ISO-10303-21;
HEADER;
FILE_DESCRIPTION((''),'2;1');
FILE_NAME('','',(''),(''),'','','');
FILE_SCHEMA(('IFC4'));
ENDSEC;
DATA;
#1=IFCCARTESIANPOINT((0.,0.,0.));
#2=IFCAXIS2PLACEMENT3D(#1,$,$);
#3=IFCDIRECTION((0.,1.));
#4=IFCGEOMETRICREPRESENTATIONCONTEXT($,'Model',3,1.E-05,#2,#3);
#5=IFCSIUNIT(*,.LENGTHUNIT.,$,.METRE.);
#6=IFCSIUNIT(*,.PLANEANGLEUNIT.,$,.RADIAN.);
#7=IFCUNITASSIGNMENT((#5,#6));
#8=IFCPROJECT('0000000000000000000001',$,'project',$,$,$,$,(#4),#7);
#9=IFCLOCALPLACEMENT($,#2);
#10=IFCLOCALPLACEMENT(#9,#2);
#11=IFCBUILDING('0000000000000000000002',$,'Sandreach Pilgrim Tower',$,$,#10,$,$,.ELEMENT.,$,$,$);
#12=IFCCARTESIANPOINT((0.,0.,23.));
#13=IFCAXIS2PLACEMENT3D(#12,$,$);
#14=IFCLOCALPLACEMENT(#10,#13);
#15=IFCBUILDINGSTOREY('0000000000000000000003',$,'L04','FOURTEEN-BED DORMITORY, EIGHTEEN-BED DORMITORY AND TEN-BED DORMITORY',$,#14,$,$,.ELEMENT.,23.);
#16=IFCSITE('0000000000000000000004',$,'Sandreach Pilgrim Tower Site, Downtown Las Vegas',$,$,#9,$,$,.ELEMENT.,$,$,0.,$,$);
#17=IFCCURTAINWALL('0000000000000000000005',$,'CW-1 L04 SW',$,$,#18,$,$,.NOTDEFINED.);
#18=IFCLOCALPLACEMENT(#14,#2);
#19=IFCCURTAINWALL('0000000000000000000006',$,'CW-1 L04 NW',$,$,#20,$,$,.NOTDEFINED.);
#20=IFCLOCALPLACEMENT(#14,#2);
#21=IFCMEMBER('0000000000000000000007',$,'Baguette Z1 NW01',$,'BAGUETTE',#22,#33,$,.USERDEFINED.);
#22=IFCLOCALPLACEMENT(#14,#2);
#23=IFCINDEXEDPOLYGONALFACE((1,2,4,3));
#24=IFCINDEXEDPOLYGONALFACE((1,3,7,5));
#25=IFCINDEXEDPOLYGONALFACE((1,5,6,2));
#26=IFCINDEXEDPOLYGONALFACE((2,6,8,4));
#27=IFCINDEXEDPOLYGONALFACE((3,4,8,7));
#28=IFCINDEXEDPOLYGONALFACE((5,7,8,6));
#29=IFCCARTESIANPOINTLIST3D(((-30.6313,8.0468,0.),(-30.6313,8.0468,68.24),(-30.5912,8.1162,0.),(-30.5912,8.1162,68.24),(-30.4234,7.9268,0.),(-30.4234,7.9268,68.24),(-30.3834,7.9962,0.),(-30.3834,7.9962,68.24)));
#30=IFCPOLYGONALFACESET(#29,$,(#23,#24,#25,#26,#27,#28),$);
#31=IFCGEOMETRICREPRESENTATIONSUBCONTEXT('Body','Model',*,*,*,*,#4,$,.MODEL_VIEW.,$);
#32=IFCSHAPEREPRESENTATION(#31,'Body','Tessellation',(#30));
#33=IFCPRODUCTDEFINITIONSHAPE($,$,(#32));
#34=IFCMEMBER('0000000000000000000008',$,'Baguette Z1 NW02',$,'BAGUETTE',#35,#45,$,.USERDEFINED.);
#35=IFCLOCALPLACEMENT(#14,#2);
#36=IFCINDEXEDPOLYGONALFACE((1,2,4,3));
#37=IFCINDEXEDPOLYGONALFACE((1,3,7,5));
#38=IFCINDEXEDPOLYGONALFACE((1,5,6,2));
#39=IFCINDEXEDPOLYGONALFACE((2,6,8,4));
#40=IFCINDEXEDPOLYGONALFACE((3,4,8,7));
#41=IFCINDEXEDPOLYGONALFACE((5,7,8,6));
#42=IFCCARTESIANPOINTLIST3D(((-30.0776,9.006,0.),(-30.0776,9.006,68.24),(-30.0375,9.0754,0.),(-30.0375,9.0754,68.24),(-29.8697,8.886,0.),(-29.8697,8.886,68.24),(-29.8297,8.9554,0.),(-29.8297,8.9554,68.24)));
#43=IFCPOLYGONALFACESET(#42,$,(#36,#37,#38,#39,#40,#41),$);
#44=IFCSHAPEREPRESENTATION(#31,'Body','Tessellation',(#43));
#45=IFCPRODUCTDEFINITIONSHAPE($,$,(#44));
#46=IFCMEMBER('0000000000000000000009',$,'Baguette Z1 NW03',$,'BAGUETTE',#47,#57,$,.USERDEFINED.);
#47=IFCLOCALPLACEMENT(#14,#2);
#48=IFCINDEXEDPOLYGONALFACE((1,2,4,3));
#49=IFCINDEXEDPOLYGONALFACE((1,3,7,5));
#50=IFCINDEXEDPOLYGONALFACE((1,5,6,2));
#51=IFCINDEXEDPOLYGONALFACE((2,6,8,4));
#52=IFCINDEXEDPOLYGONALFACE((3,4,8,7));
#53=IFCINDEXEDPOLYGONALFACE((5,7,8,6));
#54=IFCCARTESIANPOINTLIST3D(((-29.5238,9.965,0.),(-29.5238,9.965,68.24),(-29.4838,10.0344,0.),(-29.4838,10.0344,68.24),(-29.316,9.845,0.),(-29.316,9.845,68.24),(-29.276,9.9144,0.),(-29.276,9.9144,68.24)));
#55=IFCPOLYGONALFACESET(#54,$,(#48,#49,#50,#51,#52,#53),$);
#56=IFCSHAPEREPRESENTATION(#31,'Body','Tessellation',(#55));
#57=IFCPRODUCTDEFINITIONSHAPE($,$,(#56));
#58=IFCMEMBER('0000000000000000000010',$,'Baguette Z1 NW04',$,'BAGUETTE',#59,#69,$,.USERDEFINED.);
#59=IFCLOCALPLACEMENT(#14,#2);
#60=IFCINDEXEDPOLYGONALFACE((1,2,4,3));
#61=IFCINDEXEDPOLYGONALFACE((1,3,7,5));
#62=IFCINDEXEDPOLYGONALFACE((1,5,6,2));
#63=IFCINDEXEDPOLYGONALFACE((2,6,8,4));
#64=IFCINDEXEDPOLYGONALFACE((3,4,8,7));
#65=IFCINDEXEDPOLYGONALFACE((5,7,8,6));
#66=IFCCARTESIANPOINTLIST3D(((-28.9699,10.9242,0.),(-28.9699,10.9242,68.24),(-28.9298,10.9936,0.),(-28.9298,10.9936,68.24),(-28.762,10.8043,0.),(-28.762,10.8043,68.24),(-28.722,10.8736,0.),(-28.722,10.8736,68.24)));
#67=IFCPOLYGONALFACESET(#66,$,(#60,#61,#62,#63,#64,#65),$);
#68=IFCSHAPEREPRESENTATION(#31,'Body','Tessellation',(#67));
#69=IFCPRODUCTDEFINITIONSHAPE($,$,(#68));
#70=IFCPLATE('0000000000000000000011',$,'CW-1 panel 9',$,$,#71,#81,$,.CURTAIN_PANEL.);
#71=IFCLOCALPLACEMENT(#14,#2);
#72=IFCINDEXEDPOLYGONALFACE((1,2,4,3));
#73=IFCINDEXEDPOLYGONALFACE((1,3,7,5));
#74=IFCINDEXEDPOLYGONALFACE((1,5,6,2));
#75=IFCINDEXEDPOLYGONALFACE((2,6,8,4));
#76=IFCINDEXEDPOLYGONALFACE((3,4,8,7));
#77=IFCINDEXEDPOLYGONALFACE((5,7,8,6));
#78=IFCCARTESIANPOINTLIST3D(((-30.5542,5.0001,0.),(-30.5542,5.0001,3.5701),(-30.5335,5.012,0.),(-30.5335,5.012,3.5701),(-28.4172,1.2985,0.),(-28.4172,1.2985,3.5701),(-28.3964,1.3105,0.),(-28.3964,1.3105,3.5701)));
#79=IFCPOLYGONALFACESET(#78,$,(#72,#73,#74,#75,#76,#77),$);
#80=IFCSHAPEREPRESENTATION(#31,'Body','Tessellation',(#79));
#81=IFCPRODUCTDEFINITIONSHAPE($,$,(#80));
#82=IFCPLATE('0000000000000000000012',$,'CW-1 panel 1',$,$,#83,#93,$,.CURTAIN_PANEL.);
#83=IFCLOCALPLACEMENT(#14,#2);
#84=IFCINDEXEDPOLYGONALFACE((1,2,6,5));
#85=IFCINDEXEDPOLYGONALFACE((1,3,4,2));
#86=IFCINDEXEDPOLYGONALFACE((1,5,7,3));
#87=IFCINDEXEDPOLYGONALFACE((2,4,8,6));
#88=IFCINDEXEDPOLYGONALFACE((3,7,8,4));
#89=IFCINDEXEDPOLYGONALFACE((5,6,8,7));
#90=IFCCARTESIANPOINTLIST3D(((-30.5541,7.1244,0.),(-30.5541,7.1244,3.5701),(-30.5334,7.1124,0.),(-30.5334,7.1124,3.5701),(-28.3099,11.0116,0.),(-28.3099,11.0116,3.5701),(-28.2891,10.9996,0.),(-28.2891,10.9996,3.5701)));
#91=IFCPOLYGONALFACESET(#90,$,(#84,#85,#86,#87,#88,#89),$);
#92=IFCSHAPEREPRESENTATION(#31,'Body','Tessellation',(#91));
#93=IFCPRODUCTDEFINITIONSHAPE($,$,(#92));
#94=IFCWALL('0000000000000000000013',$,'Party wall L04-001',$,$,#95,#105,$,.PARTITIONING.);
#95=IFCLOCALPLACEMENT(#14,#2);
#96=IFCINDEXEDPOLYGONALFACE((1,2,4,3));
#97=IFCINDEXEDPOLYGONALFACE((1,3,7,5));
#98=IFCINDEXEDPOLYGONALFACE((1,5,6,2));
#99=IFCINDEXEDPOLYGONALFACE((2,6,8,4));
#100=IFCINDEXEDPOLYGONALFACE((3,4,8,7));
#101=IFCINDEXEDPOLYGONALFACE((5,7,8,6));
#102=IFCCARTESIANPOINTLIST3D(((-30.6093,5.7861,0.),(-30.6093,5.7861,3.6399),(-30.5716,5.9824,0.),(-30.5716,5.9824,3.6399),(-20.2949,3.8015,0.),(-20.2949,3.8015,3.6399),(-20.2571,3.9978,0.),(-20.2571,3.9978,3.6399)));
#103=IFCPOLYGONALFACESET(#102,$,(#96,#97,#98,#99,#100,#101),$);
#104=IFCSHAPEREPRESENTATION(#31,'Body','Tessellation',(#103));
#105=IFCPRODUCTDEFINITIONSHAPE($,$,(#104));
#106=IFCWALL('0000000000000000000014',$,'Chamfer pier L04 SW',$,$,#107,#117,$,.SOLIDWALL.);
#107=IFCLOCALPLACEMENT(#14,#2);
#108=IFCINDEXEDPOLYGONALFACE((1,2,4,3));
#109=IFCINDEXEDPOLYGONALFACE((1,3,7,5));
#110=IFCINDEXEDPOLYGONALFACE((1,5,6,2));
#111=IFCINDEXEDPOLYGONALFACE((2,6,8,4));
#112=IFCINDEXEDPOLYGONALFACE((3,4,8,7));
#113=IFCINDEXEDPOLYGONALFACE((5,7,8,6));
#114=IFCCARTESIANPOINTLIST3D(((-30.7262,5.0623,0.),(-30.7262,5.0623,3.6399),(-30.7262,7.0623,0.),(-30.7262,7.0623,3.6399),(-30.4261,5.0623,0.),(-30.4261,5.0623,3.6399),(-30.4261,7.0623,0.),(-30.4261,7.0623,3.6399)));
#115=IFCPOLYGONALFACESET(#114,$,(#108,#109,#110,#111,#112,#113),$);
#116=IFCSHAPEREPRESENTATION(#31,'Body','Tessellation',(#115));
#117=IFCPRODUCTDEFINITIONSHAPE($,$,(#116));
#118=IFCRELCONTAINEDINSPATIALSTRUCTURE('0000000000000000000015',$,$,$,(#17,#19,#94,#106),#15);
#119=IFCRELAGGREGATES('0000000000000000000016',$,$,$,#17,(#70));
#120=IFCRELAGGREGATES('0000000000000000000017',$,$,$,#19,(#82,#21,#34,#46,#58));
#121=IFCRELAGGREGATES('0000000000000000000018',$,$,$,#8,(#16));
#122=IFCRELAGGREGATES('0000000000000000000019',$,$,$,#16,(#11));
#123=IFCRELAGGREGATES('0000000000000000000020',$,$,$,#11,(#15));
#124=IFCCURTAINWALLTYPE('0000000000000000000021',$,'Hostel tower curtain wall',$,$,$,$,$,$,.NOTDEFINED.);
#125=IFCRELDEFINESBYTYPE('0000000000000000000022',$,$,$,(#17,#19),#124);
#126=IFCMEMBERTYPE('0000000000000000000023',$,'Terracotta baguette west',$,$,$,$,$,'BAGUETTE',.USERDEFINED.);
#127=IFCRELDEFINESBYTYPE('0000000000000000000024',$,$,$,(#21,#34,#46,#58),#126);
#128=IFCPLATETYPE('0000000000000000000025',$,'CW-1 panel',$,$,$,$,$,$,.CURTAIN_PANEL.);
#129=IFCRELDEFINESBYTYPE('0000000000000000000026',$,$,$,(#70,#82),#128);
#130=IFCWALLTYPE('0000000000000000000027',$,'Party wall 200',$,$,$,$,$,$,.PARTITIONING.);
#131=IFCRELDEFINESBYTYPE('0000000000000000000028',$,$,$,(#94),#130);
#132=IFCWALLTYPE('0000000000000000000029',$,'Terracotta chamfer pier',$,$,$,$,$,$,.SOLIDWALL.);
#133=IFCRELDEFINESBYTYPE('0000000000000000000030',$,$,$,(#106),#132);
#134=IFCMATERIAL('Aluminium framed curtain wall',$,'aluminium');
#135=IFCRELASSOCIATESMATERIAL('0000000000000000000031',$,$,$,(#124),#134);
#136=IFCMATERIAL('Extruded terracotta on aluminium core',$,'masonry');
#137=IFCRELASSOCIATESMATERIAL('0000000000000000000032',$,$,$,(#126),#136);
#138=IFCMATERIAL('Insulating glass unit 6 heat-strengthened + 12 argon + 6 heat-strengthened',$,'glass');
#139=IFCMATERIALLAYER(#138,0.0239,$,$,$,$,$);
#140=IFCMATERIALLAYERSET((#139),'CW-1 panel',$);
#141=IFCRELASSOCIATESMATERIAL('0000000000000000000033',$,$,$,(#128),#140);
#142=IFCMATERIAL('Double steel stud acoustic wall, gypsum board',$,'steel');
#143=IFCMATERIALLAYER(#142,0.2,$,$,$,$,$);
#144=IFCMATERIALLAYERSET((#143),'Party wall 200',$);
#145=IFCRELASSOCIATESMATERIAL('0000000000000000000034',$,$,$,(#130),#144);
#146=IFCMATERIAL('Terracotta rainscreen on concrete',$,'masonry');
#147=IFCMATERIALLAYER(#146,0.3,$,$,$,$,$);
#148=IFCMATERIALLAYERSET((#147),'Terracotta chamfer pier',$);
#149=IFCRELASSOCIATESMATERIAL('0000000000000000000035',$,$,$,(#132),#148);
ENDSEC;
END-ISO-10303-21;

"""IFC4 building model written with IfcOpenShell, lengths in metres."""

from ifc_helpers import new_model, si_unit, direction, frame, frame_2d, origin, origin_2d, place, context, subcontext, project, spatial, rectangle, extrude, material, layer, layer_set, material_profile, profile_set, type_object, element, aggregate, save


model = new_model("IFC4")

# Units and contexts
model_context = context("Model", 3, precision=1e-05, world=origin(), true_north=direction((0.0, 1.0)))
body_context = subcontext(model_context, "Body", "Model", "MODEL_VIEW")
ifc_project = project(units=[si_unit("LENGTHUNIT", "METRE"), si_unit("PLANEANGLEUNIT", "RADIAN")], contexts=[model_context])

# Site, building, storey
site_placement = place(None, origin())
site = spatial("IfcSite", under=ifc_project, at=site_placement, Name="Sandreach Pilgrim Tower Site, Downtown Las Vegas", CompositionType="ELEMENT", RefElevation=0.0)
building_placement = place(site_placement, origin())
building = spatial("IfcBuilding", under=site, at=building_placement, Name="Sandreach Pilgrim Tower", CompositionType="ELEMENT")
storey_placement = place(building_placement, frame((0.0, 0.0, 23.0)))
storey = spatial("IfcBuildingStorey", under=building, at=storey_placement, Name="L04", Description="FOURTEEN-BED DORMITORY, EIGHTEEN-BED DORMITORY AND TEN-BED DORMITORY", CompositionType="ELEMENT", Elevation=23.0)

# Curtain wall
ifc_material_1 = material(Name="Aluminium framed curtain wall", Category="aluminium")
curtain_wall_type = type_object("IfcCurtainWallType", Name="Hostel tower curtain wall", PredefinedType="NOTDEFINED", material=ifc_material_1)
curtain_wall_1_placement = place(storey_placement, origin())
curtain_wall_1 = element("IfcCurtainWall", 1, at=curtain_wall_1_placement, inside=storey, type_object=curtain_wall_type, Name="CW-1 L04 SW", PredefinedType="NOTDEFINED")

# Curtain wall
curtain_wall_2_placement = place(storey_placement, origin())
curtain_wall_2 = element("IfcCurtainWall", 2, at=curtain_wall_2_placement, inside=storey, type_object=curtain_wall_type, Name="CW-1 L04 NW", PredefinedType="NOTDEFINED")

# Members
ifc_material_2 = material(Name="Extruded terracotta on aluminium core", Category="masonry")
ifc_material_profile_1 = material_profile(ifc_material_2, rectangle(XDim=0.0801, YDim=0.24, at=origin_2d()), Name="TBW 80X240")
ifc_profile_set_1 = profile_set([ifc_material_profile_1], Name="Extruded terracotta on aluminium core")
member_type_1 = type_object("IfcMemberType", Name="Terracotta baguette west", ElementType="BAGUETTE", PredefinedType="USERDEFINED", material=ifc_profile_set_1)
member_1_placement = place(storey_placement, frame((-30.5073, 8.0215, 0.0), z_axis=(0.0, 0.0, 1.0), x_axis=(0.5, 0.866025, 0.0)))
member_1 = element("IfcMember", 3, at=member_1_placement, type_object=member_type_1, Name="Baguette Z1 NW01", ObjectType="BAGUETTE", PredefinedType="USERDEFINED", context=body_context, shape_type="SweptSolid", body=[
    extrude(rectangle(XDim=0.0801, YDim=0.24, at=origin_2d()), origin(), (0.0, 0.0, 1.0), 68.24),
])
member_2_placement = place(storey_placement, frame((-29.9536, 8.9807, 0.0), z_axis=(0.0, 0.0, 1.0), x_axis=(0.5, 0.866025, 0.0)))
member_2 = element("IfcMember", 4, at=member_2_placement, type_object=member_type_1, Name="Baguette Z1 NW02", ObjectType="BAGUETTE", PredefinedType="USERDEFINED", context=body_context, shape_type="SweptSolid", body=[
    extrude(rectangle(XDim=0.0801, YDim=0.24, at=origin_2d()), origin(), (0.0, 0.0, 1.0), 68.24),
])
member_3_placement = place(storey_placement, frame((-29.3999, 9.9397, 0.0), z_axis=(0.0, 0.0, 1.0), x_axis=(0.5, 0.866025, 0.0)))
member_3 = element("IfcMember", 5, at=member_3_placement, type_object=member_type_1, Name="Baguette Z1 NW03", ObjectType="BAGUETTE", PredefinedType="USERDEFINED", context=body_context, shape_type="SweptSolid", body=[
    extrude(rectangle(XDim=0.0801, YDim=0.24, at=origin_2d()), origin(), (0.0, 0.0, 1.0), 68.24),
])
member_4_placement = place(storey_placement, frame((-28.8459, 10.8989, 0.0), z_axis=(0.0, 0.0, 1.0), x_axis=(0.5, 0.866025, 0.0)))
member_4 = element("IfcMember", 6, at=member_4_placement, type_object=member_type_1, Name="Baguette Z1 NW04", ObjectType="BAGUETTE", PredefinedType="USERDEFINED", context=body_context, shape_type="SweptSolid", body=[
    extrude(rectangle(XDim=0.0801, YDim=0.24, at=origin_2d()), origin(), (0.0, 0.0, 1.0), 68.24),
])

# Plates
ifc_material_3 = material(Name="Insulating glass unit 6 heat-strengthened + 12 argon + 6 heat-strengthened", Category="glass")
ifc_layer_1 = layer(ifc_material_3, 0.0239)
ifc_layer_set_1 = layer_set([ifc_layer_1], Name="CW-1 panel")
plate_type = type_object("IfcPlateType", Name="CW-1 panel", PredefinedType="CURTAIN_PANEL", material=ifc_layer_set_1)
plate_1_placement = place(storey_placement, frame((-29.4753, 3.1553, 0.0), z_axis=(0.0, 0.0, 1.0), x_axis=(-0.5, 0.866025, 0.0)))
plate_1 = element("IfcPlate", 7, at=plate_1_placement, type_object=plate_type, Name="CW-1 panel 9", PredefinedType="CURTAIN_PANEL", context=body_context, shape_type="SweptSolid", body=[
    extrude(rectangle(XDim=4.2742, YDim=0.0239, at=origin_2d()), origin(), (0.0, 0.0, 1.0), 3.5701),
])
aggregate(curtain_wall_1, [plate_1])
plate_2_placement = place(storey_placement, frame((-29.4216, 9.062, 0.0), z_axis=(0.0, 0.0, 1.0), x_axis=(0.5, 0.866025, 0.0)))
plate_2 = element("IfcPlate", 8, at=plate_2_placement, type_object=plate_type, Name="CW-1 panel 1", PredefinedType="CURTAIN_PANEL", context=body_context, shape_type="SweptSolid", body=[
    extrude(rectangle(XDim=4.4885, YDim=0.0239, at=origin_2d()), origin(), (0.0, 0.0, 1.0), 3.5701),
])
aggregate(curtain_wall_2, [plate_2, member_1, member_2, member_3, member_4])

# Walls
ifc_material_4 = material(Name="Double steel stud acoustic wall, gypsum board", Category="steel")
ifc_layer_2 = layer(ifc_material_4, 0.2)
ifc_layer_set_2 = layer_set([ifc_layer_2], Name="Party wall 200")
wall_type_1 = type_object("IfcWallType", Name="Party wall 200", PredefinedType="PARTITIONING", material=ifc_layer_set_2)
wall_1_placement = place(storey_placement, frame((-30.5906, 5.8843, 0.0), z_axis=(0.0, 0.0, 1.0), x_axis=(0.981988, -0.188946, 0.0)))
element("IfcWall", 9, at=wall_1_placement, inside=storey, type_object=wall_type_1, Name="Party wall L04-001", PredefinedType="PARTITIONING", context=body_context, shape_type="SweptSolid", body=[
    extrude(rectangle(XDim=10.5037, YDim=0.2, at=frame_2d((5.252, 0.0))), origin(), (0.0, 0.0, 1.0), 3.6399),
])
ifc_material_5 = material(Name="Terracotta rainscreen on concrete", Category="masonry")
ifc_layer_3 = layer(ifc_material_5, 0.3)
ifc_layer_set_3 = layer_set([ifc_layer_3], Name="Terracotta chamfer pier")
wall_type_2 = type_object("IfcWallType", Name="Terracotta chamfer pier", PredefinedType="SOLIDWALL", material=ifc_layer_set_3)
wall_2_placement = place(storey_placement, frame((-30.5762, 5.0623, 0.0), z_axis=(0.0, 0.0, 1.0), x_axis=(0.0, 1.0, 0.0)))
element("IfcWall", 10, at=wall_2_placement, inside=storey, type_object=wall_type_2, Name="Chamfer pier L04 SW", PredefinedType="SOLIDWALL", context=body_context, shape_type="SweptSolid", body=[
    extrude(rectangle(XDim=2.0, YDim=0.3, at=frame_2d((1.0, 0.0))), origin(), (0.0, 0.0, 1.0), 3.6399),
])

save(model, "model.ifc")
